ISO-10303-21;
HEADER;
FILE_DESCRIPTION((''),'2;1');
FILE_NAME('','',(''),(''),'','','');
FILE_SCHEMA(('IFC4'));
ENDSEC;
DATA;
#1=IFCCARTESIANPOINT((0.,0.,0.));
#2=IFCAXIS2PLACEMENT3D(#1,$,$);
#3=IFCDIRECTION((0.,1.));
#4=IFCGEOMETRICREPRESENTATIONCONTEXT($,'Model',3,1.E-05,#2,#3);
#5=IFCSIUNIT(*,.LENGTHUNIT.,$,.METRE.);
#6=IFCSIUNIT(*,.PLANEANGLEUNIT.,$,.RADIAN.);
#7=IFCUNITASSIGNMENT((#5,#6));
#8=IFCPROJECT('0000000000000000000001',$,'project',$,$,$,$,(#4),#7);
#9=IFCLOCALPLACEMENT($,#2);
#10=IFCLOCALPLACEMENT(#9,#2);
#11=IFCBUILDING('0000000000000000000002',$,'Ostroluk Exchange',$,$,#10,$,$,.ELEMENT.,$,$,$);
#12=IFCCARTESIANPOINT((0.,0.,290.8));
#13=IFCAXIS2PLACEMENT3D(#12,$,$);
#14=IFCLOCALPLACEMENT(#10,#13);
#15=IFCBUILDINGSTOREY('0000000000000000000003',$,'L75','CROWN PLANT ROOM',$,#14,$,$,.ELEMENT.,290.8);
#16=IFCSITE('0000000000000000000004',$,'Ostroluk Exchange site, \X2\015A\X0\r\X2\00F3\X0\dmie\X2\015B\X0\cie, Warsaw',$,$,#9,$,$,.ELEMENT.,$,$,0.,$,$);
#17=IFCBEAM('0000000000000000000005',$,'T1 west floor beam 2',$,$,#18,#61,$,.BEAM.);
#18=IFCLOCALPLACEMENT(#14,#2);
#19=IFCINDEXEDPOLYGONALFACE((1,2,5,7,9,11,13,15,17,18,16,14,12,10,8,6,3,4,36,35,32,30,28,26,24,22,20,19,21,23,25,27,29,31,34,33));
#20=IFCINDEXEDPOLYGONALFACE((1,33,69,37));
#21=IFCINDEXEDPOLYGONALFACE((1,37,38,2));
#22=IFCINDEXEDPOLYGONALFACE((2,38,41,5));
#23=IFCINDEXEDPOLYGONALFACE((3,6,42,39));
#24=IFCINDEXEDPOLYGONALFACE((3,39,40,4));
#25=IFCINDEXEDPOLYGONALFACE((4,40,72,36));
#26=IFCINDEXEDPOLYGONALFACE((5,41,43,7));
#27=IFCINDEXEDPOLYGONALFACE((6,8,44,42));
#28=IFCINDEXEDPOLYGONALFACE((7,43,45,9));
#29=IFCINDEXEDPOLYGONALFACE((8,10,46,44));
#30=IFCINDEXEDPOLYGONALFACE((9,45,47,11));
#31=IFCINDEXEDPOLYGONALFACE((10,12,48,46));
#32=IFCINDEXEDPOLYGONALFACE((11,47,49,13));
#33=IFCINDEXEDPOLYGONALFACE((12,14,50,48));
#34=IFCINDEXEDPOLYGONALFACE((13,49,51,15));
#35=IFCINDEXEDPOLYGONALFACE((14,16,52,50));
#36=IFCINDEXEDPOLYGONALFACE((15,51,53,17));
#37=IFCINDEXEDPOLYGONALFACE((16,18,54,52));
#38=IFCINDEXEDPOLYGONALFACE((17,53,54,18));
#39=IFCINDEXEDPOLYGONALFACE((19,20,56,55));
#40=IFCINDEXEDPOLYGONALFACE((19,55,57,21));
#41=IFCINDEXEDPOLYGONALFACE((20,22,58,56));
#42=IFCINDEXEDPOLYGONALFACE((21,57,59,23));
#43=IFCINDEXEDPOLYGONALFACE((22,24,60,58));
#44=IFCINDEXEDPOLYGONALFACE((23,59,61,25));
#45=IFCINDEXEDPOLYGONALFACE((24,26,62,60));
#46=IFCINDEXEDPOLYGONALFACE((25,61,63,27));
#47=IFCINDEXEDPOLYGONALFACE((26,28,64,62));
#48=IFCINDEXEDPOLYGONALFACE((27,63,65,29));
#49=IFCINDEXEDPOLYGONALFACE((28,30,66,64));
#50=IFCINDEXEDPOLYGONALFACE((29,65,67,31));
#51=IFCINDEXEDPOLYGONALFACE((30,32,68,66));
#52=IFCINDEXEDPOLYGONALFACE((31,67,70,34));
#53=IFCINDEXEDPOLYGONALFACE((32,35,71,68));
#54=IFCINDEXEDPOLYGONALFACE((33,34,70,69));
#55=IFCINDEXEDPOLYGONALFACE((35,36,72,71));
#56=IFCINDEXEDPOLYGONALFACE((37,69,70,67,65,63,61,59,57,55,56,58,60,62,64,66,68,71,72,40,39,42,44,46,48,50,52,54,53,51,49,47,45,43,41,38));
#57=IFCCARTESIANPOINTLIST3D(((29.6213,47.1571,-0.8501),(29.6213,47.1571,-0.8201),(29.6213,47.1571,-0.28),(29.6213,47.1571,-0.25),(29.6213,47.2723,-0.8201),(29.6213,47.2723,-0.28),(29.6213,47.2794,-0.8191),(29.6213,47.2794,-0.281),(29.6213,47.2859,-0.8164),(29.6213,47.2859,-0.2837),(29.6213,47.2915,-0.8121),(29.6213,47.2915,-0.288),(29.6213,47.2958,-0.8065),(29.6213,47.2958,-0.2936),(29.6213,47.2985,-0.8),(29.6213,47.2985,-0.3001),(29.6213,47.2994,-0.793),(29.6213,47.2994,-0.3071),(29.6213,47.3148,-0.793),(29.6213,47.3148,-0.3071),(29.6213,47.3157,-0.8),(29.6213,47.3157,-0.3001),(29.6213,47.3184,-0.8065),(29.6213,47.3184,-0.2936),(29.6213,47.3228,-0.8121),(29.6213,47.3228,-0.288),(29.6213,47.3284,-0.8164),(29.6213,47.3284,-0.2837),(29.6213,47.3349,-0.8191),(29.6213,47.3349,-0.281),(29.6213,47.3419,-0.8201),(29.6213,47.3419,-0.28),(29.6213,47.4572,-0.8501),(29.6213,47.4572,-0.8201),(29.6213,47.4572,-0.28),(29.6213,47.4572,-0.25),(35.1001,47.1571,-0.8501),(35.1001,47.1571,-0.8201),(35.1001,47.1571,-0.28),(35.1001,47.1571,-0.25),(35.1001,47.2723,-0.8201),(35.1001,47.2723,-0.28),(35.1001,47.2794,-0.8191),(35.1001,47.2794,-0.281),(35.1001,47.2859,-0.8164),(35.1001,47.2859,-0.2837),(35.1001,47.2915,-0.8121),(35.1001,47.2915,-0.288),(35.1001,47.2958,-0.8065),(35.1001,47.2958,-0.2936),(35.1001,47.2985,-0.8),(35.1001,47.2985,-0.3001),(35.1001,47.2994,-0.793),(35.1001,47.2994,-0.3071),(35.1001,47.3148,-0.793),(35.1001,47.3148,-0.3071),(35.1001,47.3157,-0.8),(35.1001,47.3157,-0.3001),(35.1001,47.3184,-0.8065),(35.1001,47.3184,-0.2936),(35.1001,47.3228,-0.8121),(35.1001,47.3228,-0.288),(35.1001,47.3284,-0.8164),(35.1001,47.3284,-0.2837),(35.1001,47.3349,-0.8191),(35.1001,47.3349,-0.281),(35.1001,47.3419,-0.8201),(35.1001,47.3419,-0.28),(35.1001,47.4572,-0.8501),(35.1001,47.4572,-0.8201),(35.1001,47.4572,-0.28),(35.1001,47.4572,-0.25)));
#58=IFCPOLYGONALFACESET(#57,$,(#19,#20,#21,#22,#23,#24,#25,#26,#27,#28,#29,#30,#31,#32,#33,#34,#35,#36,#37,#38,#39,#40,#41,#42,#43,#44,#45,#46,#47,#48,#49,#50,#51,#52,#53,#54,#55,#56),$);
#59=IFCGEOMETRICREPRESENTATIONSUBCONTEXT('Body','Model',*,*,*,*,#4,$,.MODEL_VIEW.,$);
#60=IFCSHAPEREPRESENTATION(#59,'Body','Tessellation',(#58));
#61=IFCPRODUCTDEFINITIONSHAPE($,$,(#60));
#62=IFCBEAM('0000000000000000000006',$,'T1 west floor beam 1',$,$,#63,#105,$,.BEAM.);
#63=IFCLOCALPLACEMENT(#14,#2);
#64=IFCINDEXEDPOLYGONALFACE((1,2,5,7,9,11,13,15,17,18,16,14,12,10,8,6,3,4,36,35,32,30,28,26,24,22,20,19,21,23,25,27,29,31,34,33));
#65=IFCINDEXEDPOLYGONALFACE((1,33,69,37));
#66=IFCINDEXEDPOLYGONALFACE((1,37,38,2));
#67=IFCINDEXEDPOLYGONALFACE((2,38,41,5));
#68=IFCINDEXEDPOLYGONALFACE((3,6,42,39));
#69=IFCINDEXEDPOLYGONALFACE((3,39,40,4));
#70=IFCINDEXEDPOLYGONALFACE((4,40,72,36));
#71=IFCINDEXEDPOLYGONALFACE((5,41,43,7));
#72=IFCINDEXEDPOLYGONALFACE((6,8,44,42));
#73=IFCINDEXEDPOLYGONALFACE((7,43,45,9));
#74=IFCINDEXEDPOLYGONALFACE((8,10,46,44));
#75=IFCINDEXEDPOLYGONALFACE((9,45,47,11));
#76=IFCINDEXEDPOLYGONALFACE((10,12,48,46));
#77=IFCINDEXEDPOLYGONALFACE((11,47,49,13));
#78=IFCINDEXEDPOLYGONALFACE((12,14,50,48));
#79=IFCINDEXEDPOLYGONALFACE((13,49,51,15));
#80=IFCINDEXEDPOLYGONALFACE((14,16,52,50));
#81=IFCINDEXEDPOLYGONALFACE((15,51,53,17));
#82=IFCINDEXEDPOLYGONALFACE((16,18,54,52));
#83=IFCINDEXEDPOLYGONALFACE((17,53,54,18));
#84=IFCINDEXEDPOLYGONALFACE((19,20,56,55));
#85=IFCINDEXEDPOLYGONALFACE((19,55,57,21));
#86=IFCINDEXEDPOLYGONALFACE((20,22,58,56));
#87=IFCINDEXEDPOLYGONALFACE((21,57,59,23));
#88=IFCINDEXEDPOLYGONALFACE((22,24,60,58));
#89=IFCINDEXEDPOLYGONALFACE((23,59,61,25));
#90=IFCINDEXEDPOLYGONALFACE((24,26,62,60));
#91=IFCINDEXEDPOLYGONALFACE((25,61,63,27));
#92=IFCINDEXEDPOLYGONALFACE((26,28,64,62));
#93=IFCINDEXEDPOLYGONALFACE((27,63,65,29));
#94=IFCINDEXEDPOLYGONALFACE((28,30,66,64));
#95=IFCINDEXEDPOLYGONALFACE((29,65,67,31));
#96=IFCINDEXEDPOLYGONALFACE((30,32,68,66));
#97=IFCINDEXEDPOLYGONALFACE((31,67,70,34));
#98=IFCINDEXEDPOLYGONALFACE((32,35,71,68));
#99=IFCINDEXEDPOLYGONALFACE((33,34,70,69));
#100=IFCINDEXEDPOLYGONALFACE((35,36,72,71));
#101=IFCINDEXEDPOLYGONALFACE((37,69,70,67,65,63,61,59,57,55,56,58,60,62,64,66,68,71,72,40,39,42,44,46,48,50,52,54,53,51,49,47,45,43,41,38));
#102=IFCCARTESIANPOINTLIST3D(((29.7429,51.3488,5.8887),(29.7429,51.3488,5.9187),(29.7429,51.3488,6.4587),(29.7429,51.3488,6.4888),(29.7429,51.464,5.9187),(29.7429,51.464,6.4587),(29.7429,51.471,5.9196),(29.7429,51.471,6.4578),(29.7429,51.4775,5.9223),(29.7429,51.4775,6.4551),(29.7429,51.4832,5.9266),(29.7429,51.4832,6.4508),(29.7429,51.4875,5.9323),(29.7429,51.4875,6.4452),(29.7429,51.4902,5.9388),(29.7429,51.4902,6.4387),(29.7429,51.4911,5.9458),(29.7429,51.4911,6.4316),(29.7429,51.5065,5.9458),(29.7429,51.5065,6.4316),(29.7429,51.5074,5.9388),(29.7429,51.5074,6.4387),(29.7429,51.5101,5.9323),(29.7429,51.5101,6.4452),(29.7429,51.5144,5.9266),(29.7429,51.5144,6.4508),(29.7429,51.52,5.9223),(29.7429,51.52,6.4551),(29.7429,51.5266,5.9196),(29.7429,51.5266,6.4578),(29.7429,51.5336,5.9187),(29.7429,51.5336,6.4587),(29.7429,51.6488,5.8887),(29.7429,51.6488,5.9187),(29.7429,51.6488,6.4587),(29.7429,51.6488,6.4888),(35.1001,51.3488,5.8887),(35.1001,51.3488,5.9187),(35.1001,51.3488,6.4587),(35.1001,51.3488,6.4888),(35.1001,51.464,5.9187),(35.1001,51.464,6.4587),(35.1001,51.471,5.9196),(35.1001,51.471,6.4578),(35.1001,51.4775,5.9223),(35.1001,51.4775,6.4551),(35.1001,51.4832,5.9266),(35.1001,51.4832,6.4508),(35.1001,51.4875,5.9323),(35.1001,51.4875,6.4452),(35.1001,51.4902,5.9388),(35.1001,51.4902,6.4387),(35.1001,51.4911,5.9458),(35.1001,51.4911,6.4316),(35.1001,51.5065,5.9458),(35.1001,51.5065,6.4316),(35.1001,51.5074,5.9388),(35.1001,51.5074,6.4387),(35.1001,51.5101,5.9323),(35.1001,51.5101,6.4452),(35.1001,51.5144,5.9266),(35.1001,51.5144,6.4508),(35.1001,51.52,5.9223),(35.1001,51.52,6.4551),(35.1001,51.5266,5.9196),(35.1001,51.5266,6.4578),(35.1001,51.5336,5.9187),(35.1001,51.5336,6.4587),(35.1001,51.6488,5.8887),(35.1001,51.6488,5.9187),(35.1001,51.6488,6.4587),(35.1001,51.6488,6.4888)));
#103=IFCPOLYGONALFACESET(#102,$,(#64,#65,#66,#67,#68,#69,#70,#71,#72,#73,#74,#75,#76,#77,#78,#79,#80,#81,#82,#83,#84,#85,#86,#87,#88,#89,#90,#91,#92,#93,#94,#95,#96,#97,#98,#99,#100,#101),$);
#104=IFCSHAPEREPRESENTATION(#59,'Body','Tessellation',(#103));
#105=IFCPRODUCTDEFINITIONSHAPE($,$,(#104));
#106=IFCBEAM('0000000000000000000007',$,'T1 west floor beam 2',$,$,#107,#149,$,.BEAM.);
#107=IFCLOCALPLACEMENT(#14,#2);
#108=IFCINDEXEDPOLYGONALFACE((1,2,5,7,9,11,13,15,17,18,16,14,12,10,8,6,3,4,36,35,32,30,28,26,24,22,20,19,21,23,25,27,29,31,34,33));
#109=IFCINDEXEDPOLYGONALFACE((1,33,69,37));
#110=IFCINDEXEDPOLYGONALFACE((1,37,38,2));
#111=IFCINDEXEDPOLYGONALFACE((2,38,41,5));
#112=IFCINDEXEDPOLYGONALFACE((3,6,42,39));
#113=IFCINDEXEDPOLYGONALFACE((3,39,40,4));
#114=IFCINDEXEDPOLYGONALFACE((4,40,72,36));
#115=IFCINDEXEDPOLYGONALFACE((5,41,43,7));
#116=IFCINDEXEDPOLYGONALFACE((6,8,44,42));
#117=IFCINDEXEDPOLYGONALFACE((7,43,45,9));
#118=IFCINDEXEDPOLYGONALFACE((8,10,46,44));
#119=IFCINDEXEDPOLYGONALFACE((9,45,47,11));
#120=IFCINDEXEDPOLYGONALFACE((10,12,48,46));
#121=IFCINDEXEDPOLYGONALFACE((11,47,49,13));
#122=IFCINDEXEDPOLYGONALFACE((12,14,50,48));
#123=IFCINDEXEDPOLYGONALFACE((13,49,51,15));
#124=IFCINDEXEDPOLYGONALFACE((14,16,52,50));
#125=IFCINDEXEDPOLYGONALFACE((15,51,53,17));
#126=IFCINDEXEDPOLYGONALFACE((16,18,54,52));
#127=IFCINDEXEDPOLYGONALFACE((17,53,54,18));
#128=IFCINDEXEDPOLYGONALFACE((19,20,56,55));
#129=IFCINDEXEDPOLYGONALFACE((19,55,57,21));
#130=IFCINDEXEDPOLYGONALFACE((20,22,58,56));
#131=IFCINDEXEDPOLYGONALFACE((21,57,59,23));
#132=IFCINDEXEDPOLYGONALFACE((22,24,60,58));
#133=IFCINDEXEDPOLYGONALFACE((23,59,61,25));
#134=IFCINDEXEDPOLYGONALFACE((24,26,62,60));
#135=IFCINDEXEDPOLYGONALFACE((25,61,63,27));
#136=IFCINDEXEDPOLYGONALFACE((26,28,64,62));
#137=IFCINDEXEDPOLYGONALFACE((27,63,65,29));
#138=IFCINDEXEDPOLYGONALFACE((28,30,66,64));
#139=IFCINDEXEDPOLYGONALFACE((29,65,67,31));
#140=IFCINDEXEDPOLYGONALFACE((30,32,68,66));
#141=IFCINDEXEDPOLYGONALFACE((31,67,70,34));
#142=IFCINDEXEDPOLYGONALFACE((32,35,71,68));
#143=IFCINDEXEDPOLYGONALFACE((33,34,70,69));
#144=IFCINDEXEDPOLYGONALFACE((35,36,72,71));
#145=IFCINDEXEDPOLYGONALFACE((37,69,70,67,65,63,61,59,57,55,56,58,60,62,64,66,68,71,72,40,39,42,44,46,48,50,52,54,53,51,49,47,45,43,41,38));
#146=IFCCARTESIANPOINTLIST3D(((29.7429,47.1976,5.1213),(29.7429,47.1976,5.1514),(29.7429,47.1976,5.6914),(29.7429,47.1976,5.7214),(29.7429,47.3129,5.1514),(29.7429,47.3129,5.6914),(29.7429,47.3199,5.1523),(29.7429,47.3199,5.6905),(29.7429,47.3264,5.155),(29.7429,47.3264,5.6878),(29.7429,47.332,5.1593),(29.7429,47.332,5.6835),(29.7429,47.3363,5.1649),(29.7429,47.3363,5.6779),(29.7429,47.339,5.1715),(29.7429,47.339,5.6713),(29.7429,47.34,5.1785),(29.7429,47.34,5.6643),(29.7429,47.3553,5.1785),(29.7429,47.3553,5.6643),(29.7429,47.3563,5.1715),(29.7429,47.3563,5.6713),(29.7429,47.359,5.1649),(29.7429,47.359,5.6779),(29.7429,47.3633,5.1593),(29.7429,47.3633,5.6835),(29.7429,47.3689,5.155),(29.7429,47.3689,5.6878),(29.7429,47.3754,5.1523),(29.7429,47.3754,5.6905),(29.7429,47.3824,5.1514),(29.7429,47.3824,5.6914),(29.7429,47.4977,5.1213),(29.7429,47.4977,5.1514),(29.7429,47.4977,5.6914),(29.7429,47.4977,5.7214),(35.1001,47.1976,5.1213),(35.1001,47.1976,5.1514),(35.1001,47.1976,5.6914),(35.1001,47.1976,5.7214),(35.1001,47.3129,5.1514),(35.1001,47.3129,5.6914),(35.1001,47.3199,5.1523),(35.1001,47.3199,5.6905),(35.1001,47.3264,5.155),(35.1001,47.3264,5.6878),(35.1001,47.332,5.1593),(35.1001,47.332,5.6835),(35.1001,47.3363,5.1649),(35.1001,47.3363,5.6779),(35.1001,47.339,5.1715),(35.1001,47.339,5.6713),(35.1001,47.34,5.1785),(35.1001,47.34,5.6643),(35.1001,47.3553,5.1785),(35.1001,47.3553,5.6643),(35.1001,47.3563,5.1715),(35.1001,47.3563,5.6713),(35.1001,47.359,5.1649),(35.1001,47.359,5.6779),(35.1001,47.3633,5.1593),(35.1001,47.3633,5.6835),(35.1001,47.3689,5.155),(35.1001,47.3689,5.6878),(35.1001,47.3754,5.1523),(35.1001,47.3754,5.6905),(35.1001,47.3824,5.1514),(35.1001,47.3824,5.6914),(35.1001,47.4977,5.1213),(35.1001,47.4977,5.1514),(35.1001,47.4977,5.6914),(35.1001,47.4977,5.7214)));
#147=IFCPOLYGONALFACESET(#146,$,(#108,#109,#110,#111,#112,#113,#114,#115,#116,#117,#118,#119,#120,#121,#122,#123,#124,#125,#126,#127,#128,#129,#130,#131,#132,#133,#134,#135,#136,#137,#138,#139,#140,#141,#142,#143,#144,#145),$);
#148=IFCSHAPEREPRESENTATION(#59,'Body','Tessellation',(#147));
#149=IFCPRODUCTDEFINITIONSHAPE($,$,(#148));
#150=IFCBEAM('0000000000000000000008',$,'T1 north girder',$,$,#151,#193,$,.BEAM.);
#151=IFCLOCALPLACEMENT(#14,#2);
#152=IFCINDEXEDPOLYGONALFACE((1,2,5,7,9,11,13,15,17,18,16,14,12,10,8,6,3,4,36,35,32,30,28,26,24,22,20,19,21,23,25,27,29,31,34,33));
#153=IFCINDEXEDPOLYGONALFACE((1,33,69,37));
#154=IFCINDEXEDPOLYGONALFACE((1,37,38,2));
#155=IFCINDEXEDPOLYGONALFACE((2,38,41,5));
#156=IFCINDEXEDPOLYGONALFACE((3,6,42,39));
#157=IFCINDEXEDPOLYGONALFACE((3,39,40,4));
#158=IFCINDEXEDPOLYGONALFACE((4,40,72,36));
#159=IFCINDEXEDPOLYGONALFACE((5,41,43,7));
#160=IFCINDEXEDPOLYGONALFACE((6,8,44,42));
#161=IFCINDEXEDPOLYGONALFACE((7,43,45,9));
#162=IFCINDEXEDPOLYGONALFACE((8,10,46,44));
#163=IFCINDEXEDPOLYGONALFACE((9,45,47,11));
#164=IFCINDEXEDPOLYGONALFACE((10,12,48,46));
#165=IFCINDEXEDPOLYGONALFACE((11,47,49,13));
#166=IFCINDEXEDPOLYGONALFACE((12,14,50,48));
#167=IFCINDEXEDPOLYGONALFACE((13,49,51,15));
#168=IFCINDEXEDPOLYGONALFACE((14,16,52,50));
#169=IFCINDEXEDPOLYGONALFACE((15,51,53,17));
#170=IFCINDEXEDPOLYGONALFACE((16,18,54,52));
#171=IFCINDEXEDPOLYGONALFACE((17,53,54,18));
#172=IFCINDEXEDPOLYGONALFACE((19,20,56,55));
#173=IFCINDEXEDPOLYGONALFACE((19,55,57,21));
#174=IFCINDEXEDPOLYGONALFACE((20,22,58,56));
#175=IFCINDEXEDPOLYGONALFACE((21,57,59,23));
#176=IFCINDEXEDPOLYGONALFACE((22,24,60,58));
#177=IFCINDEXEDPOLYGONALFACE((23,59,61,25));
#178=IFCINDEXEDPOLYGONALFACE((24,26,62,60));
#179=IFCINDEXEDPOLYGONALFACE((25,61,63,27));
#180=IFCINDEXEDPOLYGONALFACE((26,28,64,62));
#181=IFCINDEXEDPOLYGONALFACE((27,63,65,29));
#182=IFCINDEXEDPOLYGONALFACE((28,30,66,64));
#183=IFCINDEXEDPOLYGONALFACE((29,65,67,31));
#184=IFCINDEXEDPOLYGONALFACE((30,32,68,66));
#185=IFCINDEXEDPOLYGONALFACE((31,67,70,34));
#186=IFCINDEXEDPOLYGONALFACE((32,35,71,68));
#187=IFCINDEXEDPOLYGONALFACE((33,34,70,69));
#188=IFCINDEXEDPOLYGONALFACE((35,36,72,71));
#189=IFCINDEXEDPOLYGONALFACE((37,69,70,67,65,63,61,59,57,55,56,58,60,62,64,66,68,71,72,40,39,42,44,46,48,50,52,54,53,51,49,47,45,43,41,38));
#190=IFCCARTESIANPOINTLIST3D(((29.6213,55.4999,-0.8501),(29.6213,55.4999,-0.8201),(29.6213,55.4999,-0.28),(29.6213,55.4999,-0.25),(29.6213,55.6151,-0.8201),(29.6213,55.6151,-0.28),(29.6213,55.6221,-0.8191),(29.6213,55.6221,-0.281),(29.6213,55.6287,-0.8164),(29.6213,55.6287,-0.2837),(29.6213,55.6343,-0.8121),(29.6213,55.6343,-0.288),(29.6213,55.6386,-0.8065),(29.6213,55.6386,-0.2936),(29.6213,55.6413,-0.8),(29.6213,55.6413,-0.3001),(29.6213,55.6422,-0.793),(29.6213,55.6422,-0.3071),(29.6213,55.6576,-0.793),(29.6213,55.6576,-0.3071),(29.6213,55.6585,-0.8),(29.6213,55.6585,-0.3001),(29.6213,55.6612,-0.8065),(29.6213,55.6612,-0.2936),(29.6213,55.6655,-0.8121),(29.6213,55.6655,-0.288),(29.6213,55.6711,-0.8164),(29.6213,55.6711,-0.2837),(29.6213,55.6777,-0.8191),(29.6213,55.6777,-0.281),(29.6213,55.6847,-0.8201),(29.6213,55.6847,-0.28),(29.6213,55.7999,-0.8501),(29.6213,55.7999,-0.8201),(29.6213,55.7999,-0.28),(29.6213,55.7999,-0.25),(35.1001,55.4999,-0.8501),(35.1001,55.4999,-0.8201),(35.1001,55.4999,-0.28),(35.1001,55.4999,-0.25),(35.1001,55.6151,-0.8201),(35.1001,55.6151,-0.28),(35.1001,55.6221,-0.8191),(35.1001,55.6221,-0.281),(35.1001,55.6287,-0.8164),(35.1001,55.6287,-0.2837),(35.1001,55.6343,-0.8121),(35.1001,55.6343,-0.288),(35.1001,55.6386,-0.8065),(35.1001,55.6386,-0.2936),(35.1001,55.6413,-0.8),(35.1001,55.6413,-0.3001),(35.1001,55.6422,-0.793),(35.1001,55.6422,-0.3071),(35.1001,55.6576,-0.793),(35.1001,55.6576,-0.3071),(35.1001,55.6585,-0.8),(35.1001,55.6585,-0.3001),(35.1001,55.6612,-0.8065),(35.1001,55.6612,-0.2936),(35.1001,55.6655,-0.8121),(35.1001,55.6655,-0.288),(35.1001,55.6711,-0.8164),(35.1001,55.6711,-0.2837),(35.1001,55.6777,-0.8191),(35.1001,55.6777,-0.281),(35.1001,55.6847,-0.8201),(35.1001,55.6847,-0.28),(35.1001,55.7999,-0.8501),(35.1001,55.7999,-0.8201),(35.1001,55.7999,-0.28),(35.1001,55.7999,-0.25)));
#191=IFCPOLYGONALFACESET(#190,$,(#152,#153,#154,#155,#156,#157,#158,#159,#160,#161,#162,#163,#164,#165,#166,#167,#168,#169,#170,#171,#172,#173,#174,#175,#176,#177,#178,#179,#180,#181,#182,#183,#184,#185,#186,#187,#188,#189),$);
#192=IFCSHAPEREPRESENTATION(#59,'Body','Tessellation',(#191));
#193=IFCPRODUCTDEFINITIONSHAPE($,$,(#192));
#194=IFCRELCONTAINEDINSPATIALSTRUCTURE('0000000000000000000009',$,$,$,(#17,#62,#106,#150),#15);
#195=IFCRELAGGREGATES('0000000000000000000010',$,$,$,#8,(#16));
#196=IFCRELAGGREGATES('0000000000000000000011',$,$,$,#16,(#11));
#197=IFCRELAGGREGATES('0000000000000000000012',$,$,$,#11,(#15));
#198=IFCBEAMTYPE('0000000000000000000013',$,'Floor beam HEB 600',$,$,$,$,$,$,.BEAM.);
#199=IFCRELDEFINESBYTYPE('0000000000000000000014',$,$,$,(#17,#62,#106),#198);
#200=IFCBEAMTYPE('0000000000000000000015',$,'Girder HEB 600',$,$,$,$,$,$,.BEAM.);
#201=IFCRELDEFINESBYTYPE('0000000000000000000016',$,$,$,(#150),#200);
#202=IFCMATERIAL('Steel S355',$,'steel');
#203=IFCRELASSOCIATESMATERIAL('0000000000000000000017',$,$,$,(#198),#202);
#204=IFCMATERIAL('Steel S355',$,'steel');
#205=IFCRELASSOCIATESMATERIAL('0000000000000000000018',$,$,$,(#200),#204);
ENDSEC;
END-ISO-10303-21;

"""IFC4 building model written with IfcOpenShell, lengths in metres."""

from ifc_helpers import new_model, si_unit, direction, frame, origin, origin_2d, place, context, subcontext, project, spatial, i_section, extrude, material, material_profile, profile_set, type_object, element, save


model = new_model("IFC4")

# Units and contexts
model_context = context("Model", 3, precision=1e-05, world=origin(), true_north=direction((0.0, 1.0)))
body_context = subcontext(model_context, "Body", "Model", "MODEL_VIEW")
ifc_project = project(units=[si_unit("LENGTHUNIT", "METRE"), si_unit("PLANEANGLEUNIT", "RADIAN")], contexts=[model_context])

# Site, building, storey
site_placement = place(None, origin())
site = spatial("IfcSite", under=ifc_project, at=site_placement, Name="Ostroluk Exchange site, Śródmieście, Warsaw", CompositionType="ELEMENT", RefElevation=0.0)
building_placement = place(site_placement, origin())
building = spatial("IfcBuilding", under=site, at=building_placement, Name="Ostroluk Exchange", CompositionType="ELEMENT")
storey_placement = place(building_placement, frame((0.0, 0.0, 290.8)))
storey = spatial("IfcBuildingStorey", under=building, at=storey_placement, Name="L75", Description="CROWN PLANT ROOM", CompositionType="ELEMENT", Elevation=290.8)

# Beams
ifc_material_1 = material(Name="Steel S355", Category="steel")
ifc_material_profile_1 = material_profile(ifc_material_1, i_section(OverallWidth=0.3, OverallDepth=0.6001, WebThickness=0.0154, FlangeThickness=0.03, FilletRadius=0.0271, at=origin_2d()), Name="HEB 600")
ifc_profile_set_1 = profile_set([ifc_material_profile_1], Name="Steel S355")
beam_type_1 = type_object("IfcBeamType", Name="Floor beam HEB 600", PredefinedType="BEAM", material=ifc_profile_set_1)
for number, where, z_axis, x_axis, name in (
    (1, (35.1001, 47.3071, -0.55), (-1.0, 0.0, 0.0), (0.0, -1.0, 0.0), "T1 west floor beam 2"),
):
    element("IfcBeam", number, at=place(storey_placement, frame(where, z_axis=z_axis, x_axis=x_axis)), inside=storey, type_object=beam_type_1, Name=name, PredefinedType="BEAM", context=body_context, shape_type="SweptSolid", body=[
        extrude(i_section(OverallWidth=0.3, OverallDepth=0.6001, WebThickness=0.0154, FlangeThickness=0.03, FilletRadius=0.0271, at=origin_2d()), origin(), (0.0, 0.0, 1.0), 5.4788),
    ])
for number, where, z_axis, x_axis, name in (
    (2, (35.1001, 51.4988, 6.1887), (-1.0, 0.0, 0.0), (0.0, -1.0, 0.0), "T1 west floor beam 1"),
    (3, (35.1001, 47.3477, 5.4214), (-1.0, 0.0, 0.0), (0.0, -1.0, 0.0), "T1 west floor beam 2"),
):
    element("IfcBeam", number, at=place(storey_placement, frame(where, z_axis=z_axis, x_axis=x_axis)), inside=storey, type_object=beam_type_1, Name=name, PredefinedType="BEAM", context=body_context, shape_type="SweptSolid", body=[
        extrude(i_section(OverallWidth=0.3, OverallDepth=0.6001, WebThickness=0.0154, FlangeThickness=0.03, FilletRadius=0.0271, at=origin_2d()), origin(), (0.0, 0.0, 1.0), 5.3572),
    ])
ifc_material_2 = material(Name="Steel S355", Category="steel")
ifc_material_profile_2 = material_profile(ifc_material_2, i_section(OverallWidth=0.3, OverallDepth=0.6001, WebThickness=0.0154, FlangeThickness=0.03, FilletRadius=0.0271, at=origin_2d()), Name="HEB 600")
ifc_profile_set_2 = profile_set([ifc_material_profile_2], Name="Steel S355")
beam_type_2 = type_object("IfcBeamType", Name="Girder HEB 600", PredefinedType="BEAM", material=ifc_profile_set_2)
beam_1_placement = place(storey_placement, frame((35.1001, 55.6499, -0.55), z_axis=(-1.0, 0.0, 0.0), x_axis=(0.0, -1.0, 0.0)))
element("IfcBeam", 4, at=beam_1_placement, inside=storey, type_object=beam_type_2, Name="T1 north girder", PredefinedType="BEAM", context=body_context, shape_type="SweptSolid", body=[
    extrude(i_section(OverallWidth=0.3, OverallDepth=0.6001, WebThickness=0.0154, FlangeThickness=0.03, FilletRadius=0.0271, at=origin_2d()), origin(), (0.0, 0.0, 1.0), 5.4788),
])

save(model, "model.ifc")
